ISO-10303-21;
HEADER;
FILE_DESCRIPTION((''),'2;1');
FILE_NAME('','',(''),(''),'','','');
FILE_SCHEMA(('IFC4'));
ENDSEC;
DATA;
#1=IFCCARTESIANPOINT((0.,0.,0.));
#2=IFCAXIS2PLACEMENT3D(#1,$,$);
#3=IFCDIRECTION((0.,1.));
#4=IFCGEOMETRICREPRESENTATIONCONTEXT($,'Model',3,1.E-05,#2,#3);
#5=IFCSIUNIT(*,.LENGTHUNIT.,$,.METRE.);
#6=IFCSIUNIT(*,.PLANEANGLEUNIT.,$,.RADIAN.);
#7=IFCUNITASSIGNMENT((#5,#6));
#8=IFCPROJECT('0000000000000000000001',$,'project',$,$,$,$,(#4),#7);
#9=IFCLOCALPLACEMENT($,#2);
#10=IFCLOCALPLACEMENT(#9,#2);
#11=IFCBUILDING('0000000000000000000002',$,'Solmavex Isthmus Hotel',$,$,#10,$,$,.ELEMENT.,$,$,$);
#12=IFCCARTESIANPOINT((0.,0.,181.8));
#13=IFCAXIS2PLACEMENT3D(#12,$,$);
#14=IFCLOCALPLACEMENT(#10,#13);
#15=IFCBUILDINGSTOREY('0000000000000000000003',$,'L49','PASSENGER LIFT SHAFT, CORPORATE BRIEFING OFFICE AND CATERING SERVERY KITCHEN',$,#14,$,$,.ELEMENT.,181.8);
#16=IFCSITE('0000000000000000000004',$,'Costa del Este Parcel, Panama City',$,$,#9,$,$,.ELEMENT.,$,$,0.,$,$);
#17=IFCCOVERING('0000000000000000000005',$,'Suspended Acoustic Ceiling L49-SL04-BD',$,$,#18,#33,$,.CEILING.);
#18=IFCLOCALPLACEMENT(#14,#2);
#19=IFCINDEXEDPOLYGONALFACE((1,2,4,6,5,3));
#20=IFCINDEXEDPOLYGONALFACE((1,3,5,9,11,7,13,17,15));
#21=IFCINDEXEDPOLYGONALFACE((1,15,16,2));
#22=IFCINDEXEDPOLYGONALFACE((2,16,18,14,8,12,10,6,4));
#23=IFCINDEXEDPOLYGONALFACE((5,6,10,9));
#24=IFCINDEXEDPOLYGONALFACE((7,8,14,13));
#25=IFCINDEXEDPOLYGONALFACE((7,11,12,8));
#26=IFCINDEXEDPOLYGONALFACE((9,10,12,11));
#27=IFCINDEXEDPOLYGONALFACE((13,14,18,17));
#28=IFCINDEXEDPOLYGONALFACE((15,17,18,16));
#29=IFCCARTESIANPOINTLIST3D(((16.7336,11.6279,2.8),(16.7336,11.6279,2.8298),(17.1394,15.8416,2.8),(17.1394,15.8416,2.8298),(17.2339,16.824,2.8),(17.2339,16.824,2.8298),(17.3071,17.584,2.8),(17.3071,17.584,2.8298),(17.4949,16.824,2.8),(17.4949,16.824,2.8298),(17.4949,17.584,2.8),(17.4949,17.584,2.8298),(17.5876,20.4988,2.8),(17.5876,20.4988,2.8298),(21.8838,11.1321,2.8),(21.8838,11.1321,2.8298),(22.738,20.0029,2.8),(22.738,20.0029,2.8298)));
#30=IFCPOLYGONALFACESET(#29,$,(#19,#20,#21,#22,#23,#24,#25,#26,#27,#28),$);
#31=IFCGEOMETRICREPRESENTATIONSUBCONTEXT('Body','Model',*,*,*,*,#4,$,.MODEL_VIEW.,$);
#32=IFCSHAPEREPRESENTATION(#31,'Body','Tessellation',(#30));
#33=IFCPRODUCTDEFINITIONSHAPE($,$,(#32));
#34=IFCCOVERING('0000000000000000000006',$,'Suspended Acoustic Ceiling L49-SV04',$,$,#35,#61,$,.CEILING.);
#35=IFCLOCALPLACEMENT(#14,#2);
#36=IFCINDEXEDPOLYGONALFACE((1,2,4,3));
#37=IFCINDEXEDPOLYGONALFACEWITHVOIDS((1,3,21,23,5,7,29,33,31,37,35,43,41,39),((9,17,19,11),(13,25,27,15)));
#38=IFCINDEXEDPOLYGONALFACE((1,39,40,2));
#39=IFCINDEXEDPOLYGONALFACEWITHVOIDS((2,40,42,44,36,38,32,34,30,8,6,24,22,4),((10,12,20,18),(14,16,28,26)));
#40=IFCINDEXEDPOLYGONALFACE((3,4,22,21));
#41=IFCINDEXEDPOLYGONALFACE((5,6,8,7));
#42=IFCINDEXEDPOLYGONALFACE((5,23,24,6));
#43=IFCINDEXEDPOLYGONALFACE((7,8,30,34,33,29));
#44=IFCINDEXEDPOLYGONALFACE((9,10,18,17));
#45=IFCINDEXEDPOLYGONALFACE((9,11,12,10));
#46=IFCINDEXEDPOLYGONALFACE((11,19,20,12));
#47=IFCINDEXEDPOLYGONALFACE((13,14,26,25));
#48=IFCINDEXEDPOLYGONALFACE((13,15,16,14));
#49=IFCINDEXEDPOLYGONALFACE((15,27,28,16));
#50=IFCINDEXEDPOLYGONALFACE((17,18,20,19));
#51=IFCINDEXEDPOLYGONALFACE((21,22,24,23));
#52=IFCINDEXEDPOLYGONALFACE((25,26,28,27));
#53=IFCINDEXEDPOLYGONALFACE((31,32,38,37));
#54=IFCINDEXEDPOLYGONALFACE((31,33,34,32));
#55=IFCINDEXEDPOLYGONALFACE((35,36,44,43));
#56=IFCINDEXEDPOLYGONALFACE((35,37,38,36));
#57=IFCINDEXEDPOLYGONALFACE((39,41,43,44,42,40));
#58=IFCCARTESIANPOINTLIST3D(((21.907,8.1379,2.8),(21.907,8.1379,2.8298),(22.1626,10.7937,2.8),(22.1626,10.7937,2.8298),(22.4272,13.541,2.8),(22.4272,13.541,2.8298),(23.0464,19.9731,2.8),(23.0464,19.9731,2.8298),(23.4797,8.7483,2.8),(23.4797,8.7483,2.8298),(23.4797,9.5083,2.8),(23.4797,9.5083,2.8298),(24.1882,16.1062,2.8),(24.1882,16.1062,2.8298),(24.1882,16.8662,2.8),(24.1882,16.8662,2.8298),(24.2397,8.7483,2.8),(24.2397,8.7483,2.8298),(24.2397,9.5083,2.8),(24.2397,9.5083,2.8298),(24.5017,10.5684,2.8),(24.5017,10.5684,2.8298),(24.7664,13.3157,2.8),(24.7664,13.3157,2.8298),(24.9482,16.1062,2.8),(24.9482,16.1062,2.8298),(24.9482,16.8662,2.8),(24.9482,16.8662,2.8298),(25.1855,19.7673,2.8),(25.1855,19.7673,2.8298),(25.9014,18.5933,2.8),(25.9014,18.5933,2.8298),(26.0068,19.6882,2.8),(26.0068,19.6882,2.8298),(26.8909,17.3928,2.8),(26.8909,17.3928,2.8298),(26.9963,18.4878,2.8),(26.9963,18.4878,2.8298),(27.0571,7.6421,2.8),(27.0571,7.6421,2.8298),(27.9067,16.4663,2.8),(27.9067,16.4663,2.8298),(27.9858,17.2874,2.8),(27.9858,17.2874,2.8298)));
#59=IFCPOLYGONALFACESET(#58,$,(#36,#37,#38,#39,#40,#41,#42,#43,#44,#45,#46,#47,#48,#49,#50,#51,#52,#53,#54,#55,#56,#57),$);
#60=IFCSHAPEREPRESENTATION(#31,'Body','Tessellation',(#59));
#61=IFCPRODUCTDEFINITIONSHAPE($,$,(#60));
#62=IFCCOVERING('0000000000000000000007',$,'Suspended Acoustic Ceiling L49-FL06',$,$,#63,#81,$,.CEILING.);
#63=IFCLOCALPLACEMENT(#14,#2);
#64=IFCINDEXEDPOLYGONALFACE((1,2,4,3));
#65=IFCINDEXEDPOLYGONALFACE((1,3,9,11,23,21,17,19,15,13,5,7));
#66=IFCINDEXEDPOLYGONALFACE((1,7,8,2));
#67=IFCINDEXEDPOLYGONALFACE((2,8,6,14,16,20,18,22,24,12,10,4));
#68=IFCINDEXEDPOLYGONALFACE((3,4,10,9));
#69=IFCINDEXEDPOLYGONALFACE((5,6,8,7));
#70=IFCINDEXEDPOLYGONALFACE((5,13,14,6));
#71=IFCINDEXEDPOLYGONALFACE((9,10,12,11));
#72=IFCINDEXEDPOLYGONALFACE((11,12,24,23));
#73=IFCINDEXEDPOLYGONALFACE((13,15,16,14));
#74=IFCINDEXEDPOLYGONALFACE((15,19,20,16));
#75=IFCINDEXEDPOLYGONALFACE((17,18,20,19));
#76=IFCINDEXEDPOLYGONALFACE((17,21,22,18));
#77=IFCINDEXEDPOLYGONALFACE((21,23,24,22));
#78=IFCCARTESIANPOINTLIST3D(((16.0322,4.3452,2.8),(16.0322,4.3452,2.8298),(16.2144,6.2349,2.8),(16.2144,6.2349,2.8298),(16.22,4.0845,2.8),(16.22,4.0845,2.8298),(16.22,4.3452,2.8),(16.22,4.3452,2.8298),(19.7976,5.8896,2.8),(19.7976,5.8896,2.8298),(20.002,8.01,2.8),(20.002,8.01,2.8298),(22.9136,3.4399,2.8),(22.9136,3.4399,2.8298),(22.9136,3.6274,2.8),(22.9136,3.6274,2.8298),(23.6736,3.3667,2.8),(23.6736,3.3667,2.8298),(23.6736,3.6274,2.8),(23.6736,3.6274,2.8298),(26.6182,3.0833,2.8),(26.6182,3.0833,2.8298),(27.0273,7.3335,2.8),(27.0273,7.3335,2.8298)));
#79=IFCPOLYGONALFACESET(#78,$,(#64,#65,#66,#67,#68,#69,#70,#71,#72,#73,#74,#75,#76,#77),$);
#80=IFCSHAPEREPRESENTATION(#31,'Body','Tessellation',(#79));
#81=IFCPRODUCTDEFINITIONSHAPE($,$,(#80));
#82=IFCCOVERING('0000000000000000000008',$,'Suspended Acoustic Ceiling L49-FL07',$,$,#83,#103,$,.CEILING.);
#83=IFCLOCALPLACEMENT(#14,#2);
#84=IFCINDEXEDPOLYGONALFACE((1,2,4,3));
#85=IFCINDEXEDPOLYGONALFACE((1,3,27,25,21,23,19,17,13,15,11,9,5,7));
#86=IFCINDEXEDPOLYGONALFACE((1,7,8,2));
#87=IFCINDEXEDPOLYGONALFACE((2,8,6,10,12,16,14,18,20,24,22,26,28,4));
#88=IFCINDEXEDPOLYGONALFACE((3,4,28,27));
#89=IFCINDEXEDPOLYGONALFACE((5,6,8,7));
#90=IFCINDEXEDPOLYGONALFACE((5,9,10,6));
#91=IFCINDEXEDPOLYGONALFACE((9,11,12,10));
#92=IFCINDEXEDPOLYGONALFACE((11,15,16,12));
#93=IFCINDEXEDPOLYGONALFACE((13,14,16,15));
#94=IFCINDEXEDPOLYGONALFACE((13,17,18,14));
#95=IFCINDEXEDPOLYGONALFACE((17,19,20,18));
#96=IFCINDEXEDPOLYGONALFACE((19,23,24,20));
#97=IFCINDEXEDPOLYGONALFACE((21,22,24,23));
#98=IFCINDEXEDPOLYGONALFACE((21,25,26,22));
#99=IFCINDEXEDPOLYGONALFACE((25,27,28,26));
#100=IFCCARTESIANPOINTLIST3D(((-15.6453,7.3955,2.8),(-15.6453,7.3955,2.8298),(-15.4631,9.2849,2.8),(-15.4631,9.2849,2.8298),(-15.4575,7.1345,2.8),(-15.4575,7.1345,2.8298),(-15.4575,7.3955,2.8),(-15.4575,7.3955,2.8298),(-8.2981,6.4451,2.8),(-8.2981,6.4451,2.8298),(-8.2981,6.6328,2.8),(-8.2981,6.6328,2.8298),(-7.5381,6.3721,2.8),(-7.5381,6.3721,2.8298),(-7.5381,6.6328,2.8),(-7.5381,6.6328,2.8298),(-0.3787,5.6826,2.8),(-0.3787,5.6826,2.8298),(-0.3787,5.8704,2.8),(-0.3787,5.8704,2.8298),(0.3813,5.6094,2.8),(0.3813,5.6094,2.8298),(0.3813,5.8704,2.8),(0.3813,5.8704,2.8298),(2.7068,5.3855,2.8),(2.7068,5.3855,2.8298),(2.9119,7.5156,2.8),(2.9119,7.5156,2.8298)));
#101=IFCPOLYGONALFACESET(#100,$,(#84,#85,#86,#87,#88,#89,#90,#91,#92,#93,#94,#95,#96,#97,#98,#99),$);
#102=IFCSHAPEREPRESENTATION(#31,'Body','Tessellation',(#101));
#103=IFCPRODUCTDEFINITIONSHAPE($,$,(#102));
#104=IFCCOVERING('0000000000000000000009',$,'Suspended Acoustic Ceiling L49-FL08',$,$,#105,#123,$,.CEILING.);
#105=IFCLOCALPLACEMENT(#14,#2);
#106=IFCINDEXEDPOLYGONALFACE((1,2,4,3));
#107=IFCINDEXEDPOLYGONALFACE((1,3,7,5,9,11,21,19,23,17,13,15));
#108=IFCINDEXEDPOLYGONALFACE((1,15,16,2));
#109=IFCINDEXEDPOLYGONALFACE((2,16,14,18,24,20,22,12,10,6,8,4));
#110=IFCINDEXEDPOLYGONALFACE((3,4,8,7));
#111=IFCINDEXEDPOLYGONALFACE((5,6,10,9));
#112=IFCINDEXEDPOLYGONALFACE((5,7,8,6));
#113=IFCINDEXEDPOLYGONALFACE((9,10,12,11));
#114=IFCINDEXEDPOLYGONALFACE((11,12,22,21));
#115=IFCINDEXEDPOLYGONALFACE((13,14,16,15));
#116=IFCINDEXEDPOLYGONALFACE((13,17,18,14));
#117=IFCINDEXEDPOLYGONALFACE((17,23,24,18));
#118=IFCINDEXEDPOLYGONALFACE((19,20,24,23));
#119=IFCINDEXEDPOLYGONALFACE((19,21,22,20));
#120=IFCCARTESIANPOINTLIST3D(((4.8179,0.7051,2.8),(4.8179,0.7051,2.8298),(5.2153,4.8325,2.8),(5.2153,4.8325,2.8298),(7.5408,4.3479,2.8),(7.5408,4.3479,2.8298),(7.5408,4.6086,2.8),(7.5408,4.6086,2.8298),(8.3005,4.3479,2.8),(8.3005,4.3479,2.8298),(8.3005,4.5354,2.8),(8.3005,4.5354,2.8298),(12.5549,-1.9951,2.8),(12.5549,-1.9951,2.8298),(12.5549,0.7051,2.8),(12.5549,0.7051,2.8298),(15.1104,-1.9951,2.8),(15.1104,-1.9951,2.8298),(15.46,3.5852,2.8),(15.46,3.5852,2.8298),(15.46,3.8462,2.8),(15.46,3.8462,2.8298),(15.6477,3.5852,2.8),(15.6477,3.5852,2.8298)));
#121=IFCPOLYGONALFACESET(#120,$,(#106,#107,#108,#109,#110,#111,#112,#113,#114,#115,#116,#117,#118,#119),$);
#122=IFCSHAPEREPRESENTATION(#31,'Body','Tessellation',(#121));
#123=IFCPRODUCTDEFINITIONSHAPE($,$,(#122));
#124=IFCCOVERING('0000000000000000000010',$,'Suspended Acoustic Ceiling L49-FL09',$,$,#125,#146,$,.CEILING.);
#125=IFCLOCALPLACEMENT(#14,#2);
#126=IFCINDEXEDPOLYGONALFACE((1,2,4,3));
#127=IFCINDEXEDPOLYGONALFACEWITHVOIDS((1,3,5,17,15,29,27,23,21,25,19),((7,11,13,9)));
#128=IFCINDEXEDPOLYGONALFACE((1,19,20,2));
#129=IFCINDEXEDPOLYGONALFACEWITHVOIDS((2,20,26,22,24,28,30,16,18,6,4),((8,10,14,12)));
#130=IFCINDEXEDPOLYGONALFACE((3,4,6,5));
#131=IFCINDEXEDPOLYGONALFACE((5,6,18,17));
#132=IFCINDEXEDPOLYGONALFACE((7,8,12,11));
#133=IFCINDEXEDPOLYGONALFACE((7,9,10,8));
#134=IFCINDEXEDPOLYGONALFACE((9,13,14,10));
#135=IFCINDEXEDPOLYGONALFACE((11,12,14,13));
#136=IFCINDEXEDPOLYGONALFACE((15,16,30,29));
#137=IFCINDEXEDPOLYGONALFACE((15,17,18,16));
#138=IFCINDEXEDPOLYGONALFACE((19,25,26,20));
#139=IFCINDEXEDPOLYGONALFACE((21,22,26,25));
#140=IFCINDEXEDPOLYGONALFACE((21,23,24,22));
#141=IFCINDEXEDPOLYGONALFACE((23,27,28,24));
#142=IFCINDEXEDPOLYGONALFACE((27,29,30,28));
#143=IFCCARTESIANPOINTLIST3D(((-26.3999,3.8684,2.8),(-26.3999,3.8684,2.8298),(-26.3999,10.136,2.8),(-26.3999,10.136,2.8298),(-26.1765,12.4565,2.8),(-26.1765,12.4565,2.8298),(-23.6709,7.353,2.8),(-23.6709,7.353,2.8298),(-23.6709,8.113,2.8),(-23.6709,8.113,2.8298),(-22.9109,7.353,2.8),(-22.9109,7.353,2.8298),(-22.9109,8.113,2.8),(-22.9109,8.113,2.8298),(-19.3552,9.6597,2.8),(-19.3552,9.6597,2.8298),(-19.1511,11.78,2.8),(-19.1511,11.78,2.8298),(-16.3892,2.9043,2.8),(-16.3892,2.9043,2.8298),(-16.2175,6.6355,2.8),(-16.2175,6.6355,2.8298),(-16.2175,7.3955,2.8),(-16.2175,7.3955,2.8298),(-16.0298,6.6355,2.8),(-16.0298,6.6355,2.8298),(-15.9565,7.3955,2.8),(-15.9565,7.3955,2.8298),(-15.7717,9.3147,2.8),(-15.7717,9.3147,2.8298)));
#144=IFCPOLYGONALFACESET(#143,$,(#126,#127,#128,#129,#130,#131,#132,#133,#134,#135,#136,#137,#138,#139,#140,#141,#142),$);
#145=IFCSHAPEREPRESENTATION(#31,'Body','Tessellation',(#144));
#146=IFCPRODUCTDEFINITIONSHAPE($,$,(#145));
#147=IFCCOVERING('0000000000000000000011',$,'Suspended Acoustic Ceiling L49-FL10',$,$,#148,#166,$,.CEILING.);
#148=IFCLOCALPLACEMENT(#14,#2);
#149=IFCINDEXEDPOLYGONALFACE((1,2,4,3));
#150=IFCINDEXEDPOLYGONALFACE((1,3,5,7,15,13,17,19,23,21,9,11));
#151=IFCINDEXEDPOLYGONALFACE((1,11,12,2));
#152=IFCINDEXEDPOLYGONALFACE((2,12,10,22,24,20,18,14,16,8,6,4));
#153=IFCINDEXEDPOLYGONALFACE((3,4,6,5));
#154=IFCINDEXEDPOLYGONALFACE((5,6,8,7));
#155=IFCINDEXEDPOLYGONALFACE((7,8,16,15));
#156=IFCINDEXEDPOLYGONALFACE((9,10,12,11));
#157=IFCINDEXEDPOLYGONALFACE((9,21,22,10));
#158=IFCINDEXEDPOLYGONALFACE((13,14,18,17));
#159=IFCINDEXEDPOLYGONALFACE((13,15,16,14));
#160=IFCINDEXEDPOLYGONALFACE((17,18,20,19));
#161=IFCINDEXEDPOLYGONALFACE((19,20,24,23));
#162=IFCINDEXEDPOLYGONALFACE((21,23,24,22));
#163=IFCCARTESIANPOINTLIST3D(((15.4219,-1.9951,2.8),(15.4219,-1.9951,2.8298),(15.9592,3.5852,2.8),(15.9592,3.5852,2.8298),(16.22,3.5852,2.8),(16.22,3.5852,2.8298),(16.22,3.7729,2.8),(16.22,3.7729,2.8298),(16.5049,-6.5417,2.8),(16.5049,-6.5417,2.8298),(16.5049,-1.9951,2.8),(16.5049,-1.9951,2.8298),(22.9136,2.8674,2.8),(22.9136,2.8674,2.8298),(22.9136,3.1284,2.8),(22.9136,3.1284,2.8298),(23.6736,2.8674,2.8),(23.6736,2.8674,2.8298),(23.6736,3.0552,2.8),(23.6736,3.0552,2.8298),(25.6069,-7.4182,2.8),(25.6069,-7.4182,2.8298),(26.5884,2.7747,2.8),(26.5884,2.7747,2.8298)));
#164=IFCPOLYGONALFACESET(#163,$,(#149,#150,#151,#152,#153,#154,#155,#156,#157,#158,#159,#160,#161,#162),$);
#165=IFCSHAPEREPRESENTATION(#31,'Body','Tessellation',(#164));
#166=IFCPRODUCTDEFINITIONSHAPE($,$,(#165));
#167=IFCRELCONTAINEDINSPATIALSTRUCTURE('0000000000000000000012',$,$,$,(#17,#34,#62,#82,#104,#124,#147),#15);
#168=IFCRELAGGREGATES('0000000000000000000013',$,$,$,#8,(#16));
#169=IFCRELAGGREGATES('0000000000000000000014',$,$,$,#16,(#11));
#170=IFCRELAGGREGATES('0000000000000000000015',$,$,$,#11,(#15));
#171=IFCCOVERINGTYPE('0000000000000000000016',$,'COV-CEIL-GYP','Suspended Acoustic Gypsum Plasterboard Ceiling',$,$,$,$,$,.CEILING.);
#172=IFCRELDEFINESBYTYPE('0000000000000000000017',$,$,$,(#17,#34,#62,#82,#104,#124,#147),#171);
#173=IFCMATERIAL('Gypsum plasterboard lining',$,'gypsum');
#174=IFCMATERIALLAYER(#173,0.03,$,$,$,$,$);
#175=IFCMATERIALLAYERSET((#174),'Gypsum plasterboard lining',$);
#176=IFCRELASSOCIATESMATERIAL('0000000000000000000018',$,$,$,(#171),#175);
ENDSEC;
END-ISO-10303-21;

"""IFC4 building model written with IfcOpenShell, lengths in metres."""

from ifc_helpers import new_model, si_unit, direction, frame, origin, place, context, subcontext, project, spatial, polyline, outline, extrude, material, layer, layer_set, type_object, element, save


model = new_model("IFC4")

# Units and contexts
model_context = context("Model", 3, precision=1e-05, world=origin(), true_north=direction((0.0, 1.0)))
body_context = subcontext(model_context, "Body", "Model", "MODEL_VIEW")
ifc_project = project(units=[si_unit("LENGTHUNIT", "METRE"), si_unit("PLANEANGLEUNIT", "RADIAN")], contexts=[model_context])

# Site, building, storey
site_placement = place(None, origin())
site = spatial("IfcSite", under=ifc_project, at=site_placement, Name="Costa del Este Parcel, Panama City", CompositionType="ELEMENT", RefElevation=0.0)
building_placement = place(site_placement, origin())
building = spatial("IfcBuilding", under=site, at=building_placement, Name="Solmavex Isthmus Hotel", CompositionType="ELEMENT")
storey_placement = place(building_placement, frame((0.0, 0.0, 181.8)))
storey = spatial("IfcBuildingStorey", under=building, at=storey_placement, Name="L49", Description="PASSENGER LIFT SHAFT, CORPORATE BRIEFING OFFICE AND CATERING SERVERY KITCHEN", CompositionType="ELEMENT", Elevation=181.8)

# Shared definitions
ifc_material_1 = material(Name="Gypsum plasterboard lining", Category="gypsum")

# Coverings
ifc_layer_1 = layer(ifc_material_1, 0.03)
ifc_layer_set_1 = layer_set([ifc_layer_1], Name="Gypsum plasterboard lining")
covering_type_1 = type_object("IfcCoveringType", Name="COV-CEIL-GYP", Description="Suspended Acoustic Gypsum Plasterboard Ceiling", PredefinedType="CEILING", material=ifc_layer_set_1)
covering_1_placement = place(storey_placement, frame((0.0, 0.0, 2.8)))
element("IfcCovering", 1, at=covering_1_placement, inside=storey, type_object=covering_type_1, Name="Suspended Acoustic Ceiling L49-SL04-BD", PredefinedType="CEILING", context=body_context, shape_type="SweptSolid", body=[
    extrude(outline(polyline([(17.3071, 17.584), (17.4949, 17.584), (17.4949, 16.824), (17.2339, 16.824), (17.1394, 15.8416), (16.7336, 11.6279), (21.8838, 11.1321), (22.738, 20.0029), (17.5876, 20.4988), (17.3071, 17.584)])), origin(), (0.0, 0.0, 1.0), 0.0298),
])
covering_2_placement = place(storey_placement, frame((0.0, 0.0, 2.8)))
element("IfcCovering", 2, at=covering_2_placement, inside=storey, type_object=covering_type_1, Name="Suspended Acoustic Ceiling L49-SV04", PredefinedType="CEILING", context=body_context, shape_type="SweptSolid", body=[
    extrude(outline(polyline([(25.9014, 18.5933), (26.0068, 19.6882), (25.1855, 19.7673), (23.0464, 19.9731), (22.4272, 13.541), (24.7664, 13.3157), (24.5017, 10.5684), (22.1626, 10.7937), (21.907, 8.1379), (27.0571, 7.6421), (27.9067, 16.4663), (27.9858, 17.2874), (26.8909, 17.3928), (26.9963, 18.4878), (25.9014, 18.5933)]), holes=[polyline([(24.1882, 16.1062), (24.1882, 16.8662), (24.9482, 16.8662), (24.9482, 16.1062), (24.1882, 16.1062)]), polyline([(23.4797, 8.7483), (23.4797, 9.5083), (24.2397, 9.5083), (24.2397, 8.7483), (23.4797, 8.7483)])]), origin(), (0.0, 0.0, 1.0), 0.0298),
])
covering_3_placement = place(storey_placement, frame((0.0, 0.0, 2.8)))
element("IfcCovering", 3, at=covering_3_placement, inside=storey, type_object=covering_type_1, Name="Suspended Acoustic Ceiling L49-FL06", PredefinedType="CEILING", context=body_context, shape_type="SweptSolid", body=[
    extrude(outline(polyline([(22.9136, 3.4399), (22.9136, 3.6274), (23.6736, 3.6274), (23.6736, 3.3667), (26.6182, 3.0833), (27.0273, 7.3335), (20.002, 8.01), (19.7976, 5.8896), (16.2144, 6.2349), (16.0322, 4.3452), (16.22, 4.3452), (16.22, 4.0845), (22.9136, 3.4399)])), origin(), (0.0, 0.0, 1.0), 0.0298),
])
covering_4_placement = place(storey_placement, frame((0.0, 0.0, 2.8)))
element("IfcCovering", 4, at=covering_4_placement, inside=storey, type_object=covering_type_1, Name="Suspended Acoustic Ceiling L49-FL07", PredefinedType="CEILING", context=body_context, shape_type="SweptSolid", body=[
    extrude(outline(polyline([(-0.3787, 5.6826), (-0.3787, 5.8704), (0.3813, 5.8704), (0.3813, 5.6094), (2.7068, 5.3855), (2.9119, 7.5156), (-15.4631, 9.2849), (-15.6453, 7.3955), (-15.4575, 7.3955), (-15.4575, 7.1345), (-8.2981, 6.4451), (-8.2981, 6.6328), (-7.5381, 6.6328), (-7.5381, 6.3721), (-0.3787, 5.6826)])), origin(), (0.0, 0.0, 1.0), 0.0298),
])
covering_5_placement = place(storey_placement, frame((0.0, 0.0, 2.8)))
element("IfcCovering", 5, at=covering_5_placement, inside=storey, type_object=covering_type_1, Name="Suspended Acoustic Ceiling L49-FL08", PredefinedType="CEILING", context=body_context, shape_type="SweptSolid", body=[
    extrude(outline(polyline([(8.3005, 4.5354), (8.3005, 4.3479), (7.5408, 4.3479), (7.5408, 4.6086), (5.2153, 4.8325), (4.8179, 0.7051), (12.5549, 0.7051), (12.5549, -1.9951), (15.1104, -1.9951), (15.6477, 3.5852), (15.46, 3.5852), (15.46, 3.8462), (8.3005, 4.5354)])), origin(), (0.0, 0.0, 1.0), 0.0298),
])
covering_6_placement = place(storey_placement, frame((0.0, 0.0, 2.8)))
element("IfcCovering", 6, at=covering_6_placement, inside=storey, type_object=covering_type_1, Name="Suspended Acoustic Ceiling L49-FL09", PredefinedType="CEILING", context=body_context, shape_type="SweptSolid", body=[
    extrude(outline(polyline([(-16.0298, 6.6355), (-16.2175, 6.6355), (-16.2175, 7.3955), (-15.9565, 7.3955), (-15.7717, 9.3147), (-19.3552, 9.6597), (-19.1511, 11.78), (-26.1765, 12.4565), (-26.3999, 10.136), (-26.3999, 3.8684), (-16.3892, 2.9043), (-16.0298, 6.6355)]), holes=[polyline([(-23.6709, 7.353), (-23.6709, 8.113), (-22.9109, 8.113), (-22.9109, 7.353), (-23.6709, 7.353)])]), origin(), (0.0, 0.0, 1.0), 0.0298),
])
covering_7_placement = place(storey_placement, frame((0.0, 0.0, 2.8)))
element("IfcCovering", 7, at=covering_7_placement, inside=storey, type_object=covering_type_1, Name="Suspended Acoustic Ceiling L49-FL10", PredefinedType="CEILING", context=body_context, shape_type="SweptSolid", body=[
    extrude(outline(polyline([(16.22, 3.7729), (16.22, 3.5852), (15.9592, 3.5852), (15.4219, -1.9951), (16.5049, -1.9951), (16.5049, -6.5417), (25.6069, -7.4182), (26.5884, 2.7747), (23.6736, 3.0552), (23.6736, 2.8674), (22.9136, 2.8674), (22.9136, 3.1284), (16.22, 3.7729)])), origin(), (0.0, 0.0, 1.0), 0.0298),
])

save(model, "model.ifc")
